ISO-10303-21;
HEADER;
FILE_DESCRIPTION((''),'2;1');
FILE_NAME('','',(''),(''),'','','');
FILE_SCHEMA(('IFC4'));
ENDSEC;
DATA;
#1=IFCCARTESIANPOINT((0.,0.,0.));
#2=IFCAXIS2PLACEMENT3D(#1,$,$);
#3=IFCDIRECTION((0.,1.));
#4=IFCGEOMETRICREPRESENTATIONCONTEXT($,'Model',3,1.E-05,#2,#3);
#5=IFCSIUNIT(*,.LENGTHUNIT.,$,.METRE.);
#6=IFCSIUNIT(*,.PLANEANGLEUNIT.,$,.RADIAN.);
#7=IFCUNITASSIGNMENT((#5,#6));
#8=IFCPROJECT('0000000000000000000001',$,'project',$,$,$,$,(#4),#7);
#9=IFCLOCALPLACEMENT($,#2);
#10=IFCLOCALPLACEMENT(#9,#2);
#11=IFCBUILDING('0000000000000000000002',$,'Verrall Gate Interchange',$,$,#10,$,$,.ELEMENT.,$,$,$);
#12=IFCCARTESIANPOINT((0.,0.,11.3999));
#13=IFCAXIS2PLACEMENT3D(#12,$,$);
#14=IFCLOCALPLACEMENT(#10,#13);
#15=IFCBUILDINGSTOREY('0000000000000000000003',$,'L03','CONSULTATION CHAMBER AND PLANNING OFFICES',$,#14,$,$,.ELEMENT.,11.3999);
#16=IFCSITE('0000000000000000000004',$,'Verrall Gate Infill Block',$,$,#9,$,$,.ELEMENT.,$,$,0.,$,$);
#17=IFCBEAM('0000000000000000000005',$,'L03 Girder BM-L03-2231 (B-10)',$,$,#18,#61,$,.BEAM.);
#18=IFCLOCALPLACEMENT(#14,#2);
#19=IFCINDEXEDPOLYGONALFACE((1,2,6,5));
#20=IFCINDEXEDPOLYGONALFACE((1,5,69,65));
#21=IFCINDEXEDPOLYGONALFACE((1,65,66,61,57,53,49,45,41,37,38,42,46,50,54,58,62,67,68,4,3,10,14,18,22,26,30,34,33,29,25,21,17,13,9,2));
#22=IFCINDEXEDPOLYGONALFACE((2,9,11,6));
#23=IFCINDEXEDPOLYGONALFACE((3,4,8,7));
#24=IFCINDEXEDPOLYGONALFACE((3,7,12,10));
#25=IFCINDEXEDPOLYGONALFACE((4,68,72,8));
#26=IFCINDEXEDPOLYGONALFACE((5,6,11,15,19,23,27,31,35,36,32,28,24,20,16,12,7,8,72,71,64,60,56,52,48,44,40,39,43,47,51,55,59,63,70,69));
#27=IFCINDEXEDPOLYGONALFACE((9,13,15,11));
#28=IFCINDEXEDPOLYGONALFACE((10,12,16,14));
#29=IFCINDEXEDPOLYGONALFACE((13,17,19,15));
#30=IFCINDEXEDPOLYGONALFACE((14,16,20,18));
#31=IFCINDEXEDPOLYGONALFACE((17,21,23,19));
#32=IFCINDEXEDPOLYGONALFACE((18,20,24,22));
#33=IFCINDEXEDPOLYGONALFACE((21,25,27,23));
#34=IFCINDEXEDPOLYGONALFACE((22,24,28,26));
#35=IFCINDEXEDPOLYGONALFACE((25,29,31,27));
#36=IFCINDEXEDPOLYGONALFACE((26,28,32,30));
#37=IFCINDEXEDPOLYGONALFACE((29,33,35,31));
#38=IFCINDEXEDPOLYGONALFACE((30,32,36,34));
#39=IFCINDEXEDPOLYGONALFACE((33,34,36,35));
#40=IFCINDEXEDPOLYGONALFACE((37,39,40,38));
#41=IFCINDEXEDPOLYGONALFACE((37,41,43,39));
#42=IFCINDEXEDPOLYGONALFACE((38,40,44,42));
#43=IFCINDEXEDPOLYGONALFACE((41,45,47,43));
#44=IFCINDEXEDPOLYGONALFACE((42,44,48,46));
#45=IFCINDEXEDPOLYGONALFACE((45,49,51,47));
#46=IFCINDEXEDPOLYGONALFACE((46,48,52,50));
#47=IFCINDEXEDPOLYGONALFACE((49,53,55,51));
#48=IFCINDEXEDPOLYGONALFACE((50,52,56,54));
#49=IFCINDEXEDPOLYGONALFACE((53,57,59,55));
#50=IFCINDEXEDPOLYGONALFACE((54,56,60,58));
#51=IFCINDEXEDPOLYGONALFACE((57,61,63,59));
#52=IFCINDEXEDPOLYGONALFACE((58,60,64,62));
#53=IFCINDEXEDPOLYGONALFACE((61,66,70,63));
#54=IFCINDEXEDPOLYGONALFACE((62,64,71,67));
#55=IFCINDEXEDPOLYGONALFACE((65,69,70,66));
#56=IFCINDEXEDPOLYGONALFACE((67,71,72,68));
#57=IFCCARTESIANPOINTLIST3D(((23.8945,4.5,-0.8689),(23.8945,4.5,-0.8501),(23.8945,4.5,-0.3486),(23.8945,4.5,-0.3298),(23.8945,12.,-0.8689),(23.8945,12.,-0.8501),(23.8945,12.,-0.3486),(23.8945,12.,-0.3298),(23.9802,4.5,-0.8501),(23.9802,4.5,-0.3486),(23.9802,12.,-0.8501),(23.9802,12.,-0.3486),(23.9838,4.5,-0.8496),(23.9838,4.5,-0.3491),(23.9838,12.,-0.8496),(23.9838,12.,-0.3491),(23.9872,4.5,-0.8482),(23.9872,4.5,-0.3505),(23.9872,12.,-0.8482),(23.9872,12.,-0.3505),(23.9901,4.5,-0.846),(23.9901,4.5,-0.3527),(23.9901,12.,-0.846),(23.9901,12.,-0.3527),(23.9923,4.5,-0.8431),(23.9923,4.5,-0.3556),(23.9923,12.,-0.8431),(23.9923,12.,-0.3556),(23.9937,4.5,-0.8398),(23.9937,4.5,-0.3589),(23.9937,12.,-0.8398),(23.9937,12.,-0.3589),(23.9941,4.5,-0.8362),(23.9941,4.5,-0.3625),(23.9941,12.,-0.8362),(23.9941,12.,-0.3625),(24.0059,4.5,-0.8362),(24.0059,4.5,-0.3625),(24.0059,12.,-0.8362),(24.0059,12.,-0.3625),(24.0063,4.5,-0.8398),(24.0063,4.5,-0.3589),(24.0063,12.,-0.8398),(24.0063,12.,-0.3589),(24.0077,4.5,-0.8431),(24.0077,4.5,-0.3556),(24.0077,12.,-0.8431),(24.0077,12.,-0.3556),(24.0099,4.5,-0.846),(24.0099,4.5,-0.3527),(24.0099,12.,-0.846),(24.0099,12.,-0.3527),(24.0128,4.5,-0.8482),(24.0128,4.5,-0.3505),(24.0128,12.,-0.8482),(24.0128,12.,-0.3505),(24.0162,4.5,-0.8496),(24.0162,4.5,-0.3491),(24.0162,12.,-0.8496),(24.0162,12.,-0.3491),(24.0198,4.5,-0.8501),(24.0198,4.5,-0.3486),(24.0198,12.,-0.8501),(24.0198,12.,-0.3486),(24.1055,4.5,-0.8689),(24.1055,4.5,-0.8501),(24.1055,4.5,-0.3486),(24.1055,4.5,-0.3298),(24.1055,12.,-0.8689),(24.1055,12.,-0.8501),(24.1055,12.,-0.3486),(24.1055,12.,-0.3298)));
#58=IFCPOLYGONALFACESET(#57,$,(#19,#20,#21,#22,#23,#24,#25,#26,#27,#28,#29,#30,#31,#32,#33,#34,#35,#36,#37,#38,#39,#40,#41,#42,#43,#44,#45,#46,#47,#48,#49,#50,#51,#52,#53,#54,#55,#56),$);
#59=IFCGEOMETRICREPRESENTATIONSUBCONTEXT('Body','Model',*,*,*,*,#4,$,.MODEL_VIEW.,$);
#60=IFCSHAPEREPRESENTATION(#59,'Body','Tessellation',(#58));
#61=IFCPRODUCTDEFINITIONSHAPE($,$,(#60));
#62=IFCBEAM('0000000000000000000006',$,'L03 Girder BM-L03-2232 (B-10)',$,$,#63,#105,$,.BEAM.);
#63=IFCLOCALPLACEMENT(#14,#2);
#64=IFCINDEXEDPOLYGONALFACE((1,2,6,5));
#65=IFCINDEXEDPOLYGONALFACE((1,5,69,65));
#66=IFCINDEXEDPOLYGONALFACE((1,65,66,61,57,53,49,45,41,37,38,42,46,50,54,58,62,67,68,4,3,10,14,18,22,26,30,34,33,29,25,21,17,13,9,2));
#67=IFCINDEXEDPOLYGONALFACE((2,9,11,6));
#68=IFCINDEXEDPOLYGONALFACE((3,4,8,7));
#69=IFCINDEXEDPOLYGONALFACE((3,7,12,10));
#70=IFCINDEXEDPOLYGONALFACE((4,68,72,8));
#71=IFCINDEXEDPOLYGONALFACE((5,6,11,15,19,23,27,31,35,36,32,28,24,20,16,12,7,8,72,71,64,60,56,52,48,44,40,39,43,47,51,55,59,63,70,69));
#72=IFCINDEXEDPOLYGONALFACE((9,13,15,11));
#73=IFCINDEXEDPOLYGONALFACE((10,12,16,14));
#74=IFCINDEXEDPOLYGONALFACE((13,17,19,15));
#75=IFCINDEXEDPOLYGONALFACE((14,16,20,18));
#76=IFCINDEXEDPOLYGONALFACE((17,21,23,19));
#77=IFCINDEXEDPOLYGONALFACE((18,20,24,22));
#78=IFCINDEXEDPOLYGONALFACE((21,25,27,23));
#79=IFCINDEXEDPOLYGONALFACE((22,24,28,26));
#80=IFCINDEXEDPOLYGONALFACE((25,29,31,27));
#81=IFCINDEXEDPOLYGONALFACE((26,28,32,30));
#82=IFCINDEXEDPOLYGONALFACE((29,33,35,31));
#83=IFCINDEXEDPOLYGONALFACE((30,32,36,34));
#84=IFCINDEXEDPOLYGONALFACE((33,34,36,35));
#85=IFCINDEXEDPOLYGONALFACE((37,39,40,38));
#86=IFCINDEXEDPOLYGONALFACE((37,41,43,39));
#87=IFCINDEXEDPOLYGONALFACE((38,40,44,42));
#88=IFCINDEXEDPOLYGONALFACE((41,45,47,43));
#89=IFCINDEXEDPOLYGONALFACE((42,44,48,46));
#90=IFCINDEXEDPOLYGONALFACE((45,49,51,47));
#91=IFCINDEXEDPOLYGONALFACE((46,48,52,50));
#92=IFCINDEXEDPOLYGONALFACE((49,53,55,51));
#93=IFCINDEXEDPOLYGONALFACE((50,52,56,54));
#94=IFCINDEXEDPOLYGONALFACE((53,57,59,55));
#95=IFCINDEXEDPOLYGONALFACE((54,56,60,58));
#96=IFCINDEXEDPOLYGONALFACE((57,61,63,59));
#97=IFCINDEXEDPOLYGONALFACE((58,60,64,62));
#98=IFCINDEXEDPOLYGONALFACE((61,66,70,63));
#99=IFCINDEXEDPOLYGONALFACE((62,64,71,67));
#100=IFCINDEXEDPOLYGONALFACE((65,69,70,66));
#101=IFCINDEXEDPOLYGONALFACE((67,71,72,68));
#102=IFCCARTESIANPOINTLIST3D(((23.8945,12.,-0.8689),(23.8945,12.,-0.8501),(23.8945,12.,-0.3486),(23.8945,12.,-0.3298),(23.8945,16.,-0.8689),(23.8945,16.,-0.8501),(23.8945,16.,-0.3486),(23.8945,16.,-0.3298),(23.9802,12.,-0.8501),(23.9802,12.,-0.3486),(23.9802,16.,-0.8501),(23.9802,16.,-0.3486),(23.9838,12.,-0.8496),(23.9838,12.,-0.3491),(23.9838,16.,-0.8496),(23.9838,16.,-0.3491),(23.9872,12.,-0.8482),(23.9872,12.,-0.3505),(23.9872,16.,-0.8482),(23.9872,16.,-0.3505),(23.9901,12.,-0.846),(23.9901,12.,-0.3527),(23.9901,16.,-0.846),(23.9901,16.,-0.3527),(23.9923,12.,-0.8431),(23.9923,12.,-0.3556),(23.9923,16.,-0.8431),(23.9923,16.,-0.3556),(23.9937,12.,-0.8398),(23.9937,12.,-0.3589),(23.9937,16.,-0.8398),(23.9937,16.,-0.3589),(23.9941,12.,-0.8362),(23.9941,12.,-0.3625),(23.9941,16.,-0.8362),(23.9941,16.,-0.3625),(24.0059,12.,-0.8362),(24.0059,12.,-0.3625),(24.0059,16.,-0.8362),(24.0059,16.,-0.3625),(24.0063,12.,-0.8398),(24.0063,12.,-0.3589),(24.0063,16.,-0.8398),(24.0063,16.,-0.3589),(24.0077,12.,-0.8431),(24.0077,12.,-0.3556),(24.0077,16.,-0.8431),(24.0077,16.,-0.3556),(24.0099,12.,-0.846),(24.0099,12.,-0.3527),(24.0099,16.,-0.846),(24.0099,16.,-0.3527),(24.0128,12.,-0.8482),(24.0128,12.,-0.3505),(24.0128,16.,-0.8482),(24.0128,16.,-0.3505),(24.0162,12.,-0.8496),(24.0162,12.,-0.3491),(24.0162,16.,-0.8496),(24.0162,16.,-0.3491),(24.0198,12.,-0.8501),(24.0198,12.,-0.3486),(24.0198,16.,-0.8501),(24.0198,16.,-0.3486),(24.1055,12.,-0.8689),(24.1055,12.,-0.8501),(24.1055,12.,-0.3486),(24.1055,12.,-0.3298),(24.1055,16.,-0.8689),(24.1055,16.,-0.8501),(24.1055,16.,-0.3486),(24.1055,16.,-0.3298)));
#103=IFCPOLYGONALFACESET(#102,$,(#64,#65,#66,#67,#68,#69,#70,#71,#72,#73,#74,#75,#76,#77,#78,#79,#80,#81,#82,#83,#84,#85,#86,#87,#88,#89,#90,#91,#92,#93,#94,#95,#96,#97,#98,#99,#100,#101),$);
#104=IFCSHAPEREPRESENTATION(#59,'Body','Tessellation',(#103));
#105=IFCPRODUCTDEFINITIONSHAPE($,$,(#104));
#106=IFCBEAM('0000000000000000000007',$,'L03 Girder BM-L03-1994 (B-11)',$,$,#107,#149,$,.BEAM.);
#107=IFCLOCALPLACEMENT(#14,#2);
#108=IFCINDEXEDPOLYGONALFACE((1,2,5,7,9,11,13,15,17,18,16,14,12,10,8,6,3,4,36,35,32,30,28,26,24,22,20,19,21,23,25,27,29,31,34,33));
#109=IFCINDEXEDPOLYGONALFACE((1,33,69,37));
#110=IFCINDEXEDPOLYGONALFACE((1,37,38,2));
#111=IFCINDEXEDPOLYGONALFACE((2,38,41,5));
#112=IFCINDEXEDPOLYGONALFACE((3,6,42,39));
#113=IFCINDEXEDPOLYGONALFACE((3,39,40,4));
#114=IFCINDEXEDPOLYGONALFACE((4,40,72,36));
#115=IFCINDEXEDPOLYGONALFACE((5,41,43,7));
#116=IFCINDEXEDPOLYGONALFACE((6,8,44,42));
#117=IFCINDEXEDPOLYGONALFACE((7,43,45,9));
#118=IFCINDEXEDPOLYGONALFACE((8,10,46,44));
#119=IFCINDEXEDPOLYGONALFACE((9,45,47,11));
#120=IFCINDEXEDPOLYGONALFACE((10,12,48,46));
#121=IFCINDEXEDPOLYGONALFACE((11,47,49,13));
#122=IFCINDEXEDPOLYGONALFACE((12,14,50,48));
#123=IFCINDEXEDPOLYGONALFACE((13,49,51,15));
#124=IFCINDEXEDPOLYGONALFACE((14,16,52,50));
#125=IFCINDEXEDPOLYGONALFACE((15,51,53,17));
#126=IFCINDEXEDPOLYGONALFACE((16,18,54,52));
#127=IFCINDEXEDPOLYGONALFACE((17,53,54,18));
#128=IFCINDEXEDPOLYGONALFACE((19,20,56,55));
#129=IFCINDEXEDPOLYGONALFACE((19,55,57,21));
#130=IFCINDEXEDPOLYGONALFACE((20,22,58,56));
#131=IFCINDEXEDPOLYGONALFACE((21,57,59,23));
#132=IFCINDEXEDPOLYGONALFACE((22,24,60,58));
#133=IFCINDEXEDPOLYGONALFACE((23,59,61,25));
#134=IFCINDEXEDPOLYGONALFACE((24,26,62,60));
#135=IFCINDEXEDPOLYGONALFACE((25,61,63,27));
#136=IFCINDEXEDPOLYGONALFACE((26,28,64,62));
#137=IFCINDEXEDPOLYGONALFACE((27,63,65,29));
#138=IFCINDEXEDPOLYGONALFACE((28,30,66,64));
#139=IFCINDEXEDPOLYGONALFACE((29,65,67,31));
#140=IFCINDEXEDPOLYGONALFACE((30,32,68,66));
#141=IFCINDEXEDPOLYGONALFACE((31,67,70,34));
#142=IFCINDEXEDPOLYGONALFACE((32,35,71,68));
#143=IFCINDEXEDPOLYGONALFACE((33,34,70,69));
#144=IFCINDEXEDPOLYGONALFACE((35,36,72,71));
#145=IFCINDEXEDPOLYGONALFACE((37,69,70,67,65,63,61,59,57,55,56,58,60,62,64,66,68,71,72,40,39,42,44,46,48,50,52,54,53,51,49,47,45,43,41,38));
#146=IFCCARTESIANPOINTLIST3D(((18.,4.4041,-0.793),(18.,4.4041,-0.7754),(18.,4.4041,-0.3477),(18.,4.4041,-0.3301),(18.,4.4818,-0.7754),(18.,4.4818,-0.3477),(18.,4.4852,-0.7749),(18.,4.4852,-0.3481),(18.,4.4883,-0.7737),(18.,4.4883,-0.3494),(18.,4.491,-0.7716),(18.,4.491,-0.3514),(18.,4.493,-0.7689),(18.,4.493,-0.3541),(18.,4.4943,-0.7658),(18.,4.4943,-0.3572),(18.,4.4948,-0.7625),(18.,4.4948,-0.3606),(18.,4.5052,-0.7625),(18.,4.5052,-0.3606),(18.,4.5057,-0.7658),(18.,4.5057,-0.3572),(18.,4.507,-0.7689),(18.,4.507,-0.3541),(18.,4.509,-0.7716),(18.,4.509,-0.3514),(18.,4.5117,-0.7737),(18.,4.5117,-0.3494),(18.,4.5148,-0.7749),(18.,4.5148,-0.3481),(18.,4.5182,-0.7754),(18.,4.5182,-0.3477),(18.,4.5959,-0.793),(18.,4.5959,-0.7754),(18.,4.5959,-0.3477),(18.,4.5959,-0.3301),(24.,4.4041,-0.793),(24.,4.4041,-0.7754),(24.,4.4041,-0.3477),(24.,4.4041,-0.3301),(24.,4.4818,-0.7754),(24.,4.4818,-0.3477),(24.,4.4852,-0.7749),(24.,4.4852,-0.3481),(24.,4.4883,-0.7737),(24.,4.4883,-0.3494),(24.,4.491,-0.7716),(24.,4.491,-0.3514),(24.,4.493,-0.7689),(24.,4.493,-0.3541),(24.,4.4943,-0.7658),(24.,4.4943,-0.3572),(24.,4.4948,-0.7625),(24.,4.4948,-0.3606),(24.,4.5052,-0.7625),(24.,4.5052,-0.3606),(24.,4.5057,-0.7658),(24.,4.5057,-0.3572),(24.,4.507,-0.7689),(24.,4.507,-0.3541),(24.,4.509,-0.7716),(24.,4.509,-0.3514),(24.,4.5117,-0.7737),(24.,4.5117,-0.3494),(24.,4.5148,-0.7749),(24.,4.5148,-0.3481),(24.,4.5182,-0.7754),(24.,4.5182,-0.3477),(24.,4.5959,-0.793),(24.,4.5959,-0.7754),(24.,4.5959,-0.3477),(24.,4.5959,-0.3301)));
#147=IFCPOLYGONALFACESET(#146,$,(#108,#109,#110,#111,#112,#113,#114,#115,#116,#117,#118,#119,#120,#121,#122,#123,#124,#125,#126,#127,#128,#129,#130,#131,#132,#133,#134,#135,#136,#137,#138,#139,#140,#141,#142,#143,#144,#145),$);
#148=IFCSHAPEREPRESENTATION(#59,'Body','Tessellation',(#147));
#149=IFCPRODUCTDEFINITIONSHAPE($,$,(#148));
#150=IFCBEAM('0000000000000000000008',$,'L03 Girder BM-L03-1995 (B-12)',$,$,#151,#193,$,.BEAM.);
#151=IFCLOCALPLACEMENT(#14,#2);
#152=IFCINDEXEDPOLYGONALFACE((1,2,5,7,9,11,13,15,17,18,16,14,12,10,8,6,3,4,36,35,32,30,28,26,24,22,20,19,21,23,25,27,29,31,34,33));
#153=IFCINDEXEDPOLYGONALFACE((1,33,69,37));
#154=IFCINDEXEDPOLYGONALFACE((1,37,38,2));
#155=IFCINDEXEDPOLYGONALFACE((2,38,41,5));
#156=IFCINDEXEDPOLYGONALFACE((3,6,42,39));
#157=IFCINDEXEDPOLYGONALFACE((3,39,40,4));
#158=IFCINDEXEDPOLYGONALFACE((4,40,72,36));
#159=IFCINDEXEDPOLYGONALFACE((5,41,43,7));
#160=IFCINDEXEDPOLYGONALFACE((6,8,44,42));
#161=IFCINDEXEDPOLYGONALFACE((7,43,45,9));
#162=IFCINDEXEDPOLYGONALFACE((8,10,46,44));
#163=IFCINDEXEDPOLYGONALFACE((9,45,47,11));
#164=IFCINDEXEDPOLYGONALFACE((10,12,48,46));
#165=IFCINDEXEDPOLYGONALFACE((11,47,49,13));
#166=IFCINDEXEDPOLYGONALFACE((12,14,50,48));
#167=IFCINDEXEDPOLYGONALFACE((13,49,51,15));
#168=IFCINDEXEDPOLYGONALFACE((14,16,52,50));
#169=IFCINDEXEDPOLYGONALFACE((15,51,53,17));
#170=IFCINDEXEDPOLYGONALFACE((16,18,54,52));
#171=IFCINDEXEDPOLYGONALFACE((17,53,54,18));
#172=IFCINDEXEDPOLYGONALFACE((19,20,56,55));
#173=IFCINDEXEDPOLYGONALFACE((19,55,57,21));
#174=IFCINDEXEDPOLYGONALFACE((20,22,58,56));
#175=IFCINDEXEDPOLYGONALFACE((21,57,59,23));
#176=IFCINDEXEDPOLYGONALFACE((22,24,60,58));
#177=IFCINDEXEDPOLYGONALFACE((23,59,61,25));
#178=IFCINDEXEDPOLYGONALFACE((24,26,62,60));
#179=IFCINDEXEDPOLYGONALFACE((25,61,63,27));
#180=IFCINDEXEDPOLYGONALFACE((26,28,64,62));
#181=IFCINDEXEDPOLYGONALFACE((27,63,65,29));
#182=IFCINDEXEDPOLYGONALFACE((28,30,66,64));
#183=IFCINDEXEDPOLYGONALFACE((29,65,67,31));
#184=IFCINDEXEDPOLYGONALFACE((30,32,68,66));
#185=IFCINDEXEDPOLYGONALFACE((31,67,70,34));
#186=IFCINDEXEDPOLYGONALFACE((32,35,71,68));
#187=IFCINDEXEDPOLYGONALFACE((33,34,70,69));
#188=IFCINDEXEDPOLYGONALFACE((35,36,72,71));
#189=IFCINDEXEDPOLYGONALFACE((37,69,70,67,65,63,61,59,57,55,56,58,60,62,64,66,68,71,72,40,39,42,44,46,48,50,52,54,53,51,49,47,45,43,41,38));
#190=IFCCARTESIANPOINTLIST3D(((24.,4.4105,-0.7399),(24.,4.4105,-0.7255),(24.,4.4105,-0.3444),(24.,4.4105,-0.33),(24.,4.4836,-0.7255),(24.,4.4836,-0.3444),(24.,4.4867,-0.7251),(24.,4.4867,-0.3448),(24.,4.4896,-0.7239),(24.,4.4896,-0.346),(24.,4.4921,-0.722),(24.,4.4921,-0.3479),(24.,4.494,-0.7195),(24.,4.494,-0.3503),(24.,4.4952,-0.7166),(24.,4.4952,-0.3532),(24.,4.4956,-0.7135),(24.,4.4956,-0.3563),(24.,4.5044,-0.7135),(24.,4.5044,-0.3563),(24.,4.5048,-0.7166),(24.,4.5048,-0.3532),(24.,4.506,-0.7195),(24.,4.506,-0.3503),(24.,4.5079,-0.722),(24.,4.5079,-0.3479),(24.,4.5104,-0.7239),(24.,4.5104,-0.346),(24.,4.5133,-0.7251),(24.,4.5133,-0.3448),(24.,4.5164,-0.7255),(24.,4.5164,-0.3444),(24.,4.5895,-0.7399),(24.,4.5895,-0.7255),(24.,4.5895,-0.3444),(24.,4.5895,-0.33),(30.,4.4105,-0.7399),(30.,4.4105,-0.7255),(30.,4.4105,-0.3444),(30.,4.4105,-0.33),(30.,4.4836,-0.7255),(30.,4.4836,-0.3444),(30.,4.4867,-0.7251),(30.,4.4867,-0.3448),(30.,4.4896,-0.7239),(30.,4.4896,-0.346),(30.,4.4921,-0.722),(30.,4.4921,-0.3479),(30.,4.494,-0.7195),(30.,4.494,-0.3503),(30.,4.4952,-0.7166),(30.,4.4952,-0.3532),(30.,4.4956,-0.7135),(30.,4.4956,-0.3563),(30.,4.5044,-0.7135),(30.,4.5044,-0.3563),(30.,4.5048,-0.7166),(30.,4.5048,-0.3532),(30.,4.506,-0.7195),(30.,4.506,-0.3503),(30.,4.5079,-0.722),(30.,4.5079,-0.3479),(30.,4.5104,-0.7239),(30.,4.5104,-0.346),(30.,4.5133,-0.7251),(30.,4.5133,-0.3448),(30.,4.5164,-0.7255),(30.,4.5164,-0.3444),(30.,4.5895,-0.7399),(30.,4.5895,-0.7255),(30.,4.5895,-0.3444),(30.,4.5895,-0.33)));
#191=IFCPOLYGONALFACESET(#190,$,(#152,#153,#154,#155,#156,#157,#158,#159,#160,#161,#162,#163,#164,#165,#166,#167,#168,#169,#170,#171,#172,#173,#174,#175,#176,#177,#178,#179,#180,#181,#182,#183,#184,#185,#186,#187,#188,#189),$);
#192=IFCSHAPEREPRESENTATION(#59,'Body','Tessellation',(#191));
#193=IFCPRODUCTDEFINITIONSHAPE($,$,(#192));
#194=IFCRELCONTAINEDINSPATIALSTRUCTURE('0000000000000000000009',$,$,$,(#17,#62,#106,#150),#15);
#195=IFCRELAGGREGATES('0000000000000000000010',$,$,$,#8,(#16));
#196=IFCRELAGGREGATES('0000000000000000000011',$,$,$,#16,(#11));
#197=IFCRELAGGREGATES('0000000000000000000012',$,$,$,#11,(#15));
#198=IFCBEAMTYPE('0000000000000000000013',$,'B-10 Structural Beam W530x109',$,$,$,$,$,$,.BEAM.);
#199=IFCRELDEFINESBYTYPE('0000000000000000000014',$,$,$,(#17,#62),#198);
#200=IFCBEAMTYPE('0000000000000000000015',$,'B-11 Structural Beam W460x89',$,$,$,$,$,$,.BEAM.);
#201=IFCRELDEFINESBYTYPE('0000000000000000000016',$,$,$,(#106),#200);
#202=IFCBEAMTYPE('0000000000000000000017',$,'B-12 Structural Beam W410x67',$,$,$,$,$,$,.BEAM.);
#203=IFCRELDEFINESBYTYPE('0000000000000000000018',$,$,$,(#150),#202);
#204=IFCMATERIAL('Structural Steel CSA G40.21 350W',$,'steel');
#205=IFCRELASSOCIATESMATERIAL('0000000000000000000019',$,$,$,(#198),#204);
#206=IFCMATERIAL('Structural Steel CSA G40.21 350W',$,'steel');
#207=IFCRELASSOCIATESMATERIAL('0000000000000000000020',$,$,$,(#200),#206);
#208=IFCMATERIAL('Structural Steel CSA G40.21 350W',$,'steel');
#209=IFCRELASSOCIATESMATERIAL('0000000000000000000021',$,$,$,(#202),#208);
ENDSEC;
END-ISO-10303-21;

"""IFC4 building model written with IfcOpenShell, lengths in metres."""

from ifc_helpers import new_model, si_unit, direction, frame, origin, origin_2d, place, context, subcontext, project, spatial, i_section, extrude, material, material_profile, profile_set, type_object, element, save


model = new_model("IFC4")

# Units and contexts
model_context = context("Model", 3, precision=1e-05, world=origin(), true_north=direction((0.0, 1.0)))
body_context = subcontext(model_context, "Body", "Model", "MODEL_VIEW")
ifc_project = project(units=[si_unit("LENGTHUNIT", "METRE"), si_unit("PLANEANGLEUNIT", "RADIAN")], contexts=[model_context])

# Site, building, storey
site_placement = place(None, origin())
site = spatial("IfcSite", under=ifc_project, at=site_placement, Name="Verrall Gate Infill Block", CompositionType="ELEMENT", RefElevation=0.0)
building_placement = place(site_placement, origin())
building = spatial("IfcBuilding", under=site, at=building_placement, Name="Verrall Gate Interchange", CompositionType="ELEMENT")
storey_placement = place(building_placement, frame((0.0, 0.0, 11.3999)))
storey = spatial("IfcBuildingStorey", under=building, at=storey_placement, Name="L03", Description="CONSULTATION CHAMBER AND PLANNING OFFICES", CompositionType="ELEMENT", Elevation=11.3999)

# Beams
ifc_material_1 = material(Name="Structural Steel CSA G40.21 350W", Category="steel")
ifc_material_profile_1 = material_profile(ifc_material_1, i_section(OverallWidth=0.2109, OverallDepth=0.5391, WebThickness=0.0117, FlangeThickness=0.0188, FilletRadius=0.0139, at=origin_2d()), Name="W530x109")
ifc_profile_set_1 = profile_set([ifc_material_profile_1], Name="Structural Steel CSA G40.21 350W")
beam_type_1 = type_object("IfcBeamType", Name="B-10 Structural Beam W530x109", PredefinedType="BEAM", material=ifc_profile_set_1)
beam_1_placement = place(storey_placement, frame((24.0, 4.5, -0.5994), z_axis=(0.0, 1.0, 0.0), x_axis=(-1.0, 0.0, 0.0)))
element("IfcBeam", 1, at=beam_1_placement, inside=storey, type_object=beam_type_1, Name="L03 Girder BM-L03-2231 (B-10)", PredefinedType="BEAM", context=body_context, shape_type="SweptSolid", body=[
    extrude(i_section(OverallWidth=0.2109, OverallDepth=0.5391, WebThickness=0.0117, FlangeThickness=0.0188, FilletRadius=0.0139, at=origin_2d()), origin(), (0.0, 0.0, 1.0), 7.5),
])
beam_2_placement = place(storey_placement, frame((24.0, 12.0, -0.5994), z_axis=(0.0, 1.0, 0.0), x_axis=(-1.0, 0.0, 0.0)))
element("IfcBeam", 2, at=beam_2_placement, inside=storey, type_object=beam_type_1, Name="L03 Girder BM-L03-2232 (B-10)", PredefinedType="BEAM", context=body_context, shape_type="SweptSolid", body=[
    extrude(i_section(OverallWidth=0.2109, OverallDepth=0.5391, WebThickness=0.0117, FlangeThickness=0.0188, FilletRadius=0.0139, at=origin_2d()), origin(), (0.0, 0.0, 1.0), 4.0),
])
ifc_material_2 = material(Name="Structural Steel CSA G40.21 350W", Category="steel")
ifc_material_profile_2 = material_profile(ifc_material_2, i_section(OverallWidth=0.1919, OverallDepth=0.4629, WebThickness=0.0105, FlangeThickness=0.0176, FilletRadius=0.0129, at=origin_2d()), Name="W460x89")
ifc_profile_set_2 = profile_set([ifc_material_profile_2], Name="Structural Steel CSA G40.21 350W")
beam_type_2 = type_object("IfcBeamType", Name="B-11 Structural Beam W460x89", PredefinedType="BEAM", material=ifc_profile_set_2)
beam_3_placement = place(storey_placement, frame((18.0, 4.5, -0.5615), z_axis=(1.0, 0.0, 0.0), x_axis=(0.0, 1.0, 0.0)))
element("IfcBeam", 3, at=beam_3_placement, inside=storey, type_object=beam_type_2, Name="L03 Girder BM-L03-1994 (B-11)", PredefinedType="BEAM", context=body_context, shape_type="SweptSolid", body=[
    extrude(i_section(OverallWidth=0.1919, OverallDepth=0.4629, WebThickness=0.0105, FlangeThickness=0.0176, FilletRadius=0.0129, at=origin_2d()), origin(), (0.0, 0.0, 1.0), 6.0),
])
ifc_material_3 = material(Name="Structural Steel CSA G40.21 350W", Category="steel")
ifc_material_profile_3 = material_profile(ifc_material_3, i_section(OverallWidth=0.179, OverallDepth=0.4099, WebThickness=0.0088, FlangeThickness=0.0144, FilletRadius=0.012, at=origin_2d()), Name="W410x67")
ifc_profile_set_3 = profile_set([ifc_material_profile_3], Name="Structural Steel CSA G40.21 350W")
beam_type_3 = type_object("IfcBeamType", Name="B-12 Structural Beam W410x67", PredefinedType="BEAM", material=ifc_profile_set_3)
beam_4_placement = place(storey_placement, frame((24.0, 4.5, -0.5349), z_axis=(1.0, 0.0, 0.0), x_axis=(0.0, 1.0, 0.0)))
element("IfcBeam", 4, at=beam_4_placement, inside=storey, type_object=beam_type_3, Name="L03 Girder BM-L03-1995 (B-12)", PredefinedType="BEAM", context=body_context, shape_type="SweptSolid", body=[
    extrude(i_section(OverallWidth=0.179, OverallDepth=0.4099, WebThickness=0.0088, FlangeThickness=0.0144, FilletRadius=0.012, at=origin_2d()), origin(), (0.0, 0.0, 1.0), 6.0),
])

save(model, "model.ifc")
